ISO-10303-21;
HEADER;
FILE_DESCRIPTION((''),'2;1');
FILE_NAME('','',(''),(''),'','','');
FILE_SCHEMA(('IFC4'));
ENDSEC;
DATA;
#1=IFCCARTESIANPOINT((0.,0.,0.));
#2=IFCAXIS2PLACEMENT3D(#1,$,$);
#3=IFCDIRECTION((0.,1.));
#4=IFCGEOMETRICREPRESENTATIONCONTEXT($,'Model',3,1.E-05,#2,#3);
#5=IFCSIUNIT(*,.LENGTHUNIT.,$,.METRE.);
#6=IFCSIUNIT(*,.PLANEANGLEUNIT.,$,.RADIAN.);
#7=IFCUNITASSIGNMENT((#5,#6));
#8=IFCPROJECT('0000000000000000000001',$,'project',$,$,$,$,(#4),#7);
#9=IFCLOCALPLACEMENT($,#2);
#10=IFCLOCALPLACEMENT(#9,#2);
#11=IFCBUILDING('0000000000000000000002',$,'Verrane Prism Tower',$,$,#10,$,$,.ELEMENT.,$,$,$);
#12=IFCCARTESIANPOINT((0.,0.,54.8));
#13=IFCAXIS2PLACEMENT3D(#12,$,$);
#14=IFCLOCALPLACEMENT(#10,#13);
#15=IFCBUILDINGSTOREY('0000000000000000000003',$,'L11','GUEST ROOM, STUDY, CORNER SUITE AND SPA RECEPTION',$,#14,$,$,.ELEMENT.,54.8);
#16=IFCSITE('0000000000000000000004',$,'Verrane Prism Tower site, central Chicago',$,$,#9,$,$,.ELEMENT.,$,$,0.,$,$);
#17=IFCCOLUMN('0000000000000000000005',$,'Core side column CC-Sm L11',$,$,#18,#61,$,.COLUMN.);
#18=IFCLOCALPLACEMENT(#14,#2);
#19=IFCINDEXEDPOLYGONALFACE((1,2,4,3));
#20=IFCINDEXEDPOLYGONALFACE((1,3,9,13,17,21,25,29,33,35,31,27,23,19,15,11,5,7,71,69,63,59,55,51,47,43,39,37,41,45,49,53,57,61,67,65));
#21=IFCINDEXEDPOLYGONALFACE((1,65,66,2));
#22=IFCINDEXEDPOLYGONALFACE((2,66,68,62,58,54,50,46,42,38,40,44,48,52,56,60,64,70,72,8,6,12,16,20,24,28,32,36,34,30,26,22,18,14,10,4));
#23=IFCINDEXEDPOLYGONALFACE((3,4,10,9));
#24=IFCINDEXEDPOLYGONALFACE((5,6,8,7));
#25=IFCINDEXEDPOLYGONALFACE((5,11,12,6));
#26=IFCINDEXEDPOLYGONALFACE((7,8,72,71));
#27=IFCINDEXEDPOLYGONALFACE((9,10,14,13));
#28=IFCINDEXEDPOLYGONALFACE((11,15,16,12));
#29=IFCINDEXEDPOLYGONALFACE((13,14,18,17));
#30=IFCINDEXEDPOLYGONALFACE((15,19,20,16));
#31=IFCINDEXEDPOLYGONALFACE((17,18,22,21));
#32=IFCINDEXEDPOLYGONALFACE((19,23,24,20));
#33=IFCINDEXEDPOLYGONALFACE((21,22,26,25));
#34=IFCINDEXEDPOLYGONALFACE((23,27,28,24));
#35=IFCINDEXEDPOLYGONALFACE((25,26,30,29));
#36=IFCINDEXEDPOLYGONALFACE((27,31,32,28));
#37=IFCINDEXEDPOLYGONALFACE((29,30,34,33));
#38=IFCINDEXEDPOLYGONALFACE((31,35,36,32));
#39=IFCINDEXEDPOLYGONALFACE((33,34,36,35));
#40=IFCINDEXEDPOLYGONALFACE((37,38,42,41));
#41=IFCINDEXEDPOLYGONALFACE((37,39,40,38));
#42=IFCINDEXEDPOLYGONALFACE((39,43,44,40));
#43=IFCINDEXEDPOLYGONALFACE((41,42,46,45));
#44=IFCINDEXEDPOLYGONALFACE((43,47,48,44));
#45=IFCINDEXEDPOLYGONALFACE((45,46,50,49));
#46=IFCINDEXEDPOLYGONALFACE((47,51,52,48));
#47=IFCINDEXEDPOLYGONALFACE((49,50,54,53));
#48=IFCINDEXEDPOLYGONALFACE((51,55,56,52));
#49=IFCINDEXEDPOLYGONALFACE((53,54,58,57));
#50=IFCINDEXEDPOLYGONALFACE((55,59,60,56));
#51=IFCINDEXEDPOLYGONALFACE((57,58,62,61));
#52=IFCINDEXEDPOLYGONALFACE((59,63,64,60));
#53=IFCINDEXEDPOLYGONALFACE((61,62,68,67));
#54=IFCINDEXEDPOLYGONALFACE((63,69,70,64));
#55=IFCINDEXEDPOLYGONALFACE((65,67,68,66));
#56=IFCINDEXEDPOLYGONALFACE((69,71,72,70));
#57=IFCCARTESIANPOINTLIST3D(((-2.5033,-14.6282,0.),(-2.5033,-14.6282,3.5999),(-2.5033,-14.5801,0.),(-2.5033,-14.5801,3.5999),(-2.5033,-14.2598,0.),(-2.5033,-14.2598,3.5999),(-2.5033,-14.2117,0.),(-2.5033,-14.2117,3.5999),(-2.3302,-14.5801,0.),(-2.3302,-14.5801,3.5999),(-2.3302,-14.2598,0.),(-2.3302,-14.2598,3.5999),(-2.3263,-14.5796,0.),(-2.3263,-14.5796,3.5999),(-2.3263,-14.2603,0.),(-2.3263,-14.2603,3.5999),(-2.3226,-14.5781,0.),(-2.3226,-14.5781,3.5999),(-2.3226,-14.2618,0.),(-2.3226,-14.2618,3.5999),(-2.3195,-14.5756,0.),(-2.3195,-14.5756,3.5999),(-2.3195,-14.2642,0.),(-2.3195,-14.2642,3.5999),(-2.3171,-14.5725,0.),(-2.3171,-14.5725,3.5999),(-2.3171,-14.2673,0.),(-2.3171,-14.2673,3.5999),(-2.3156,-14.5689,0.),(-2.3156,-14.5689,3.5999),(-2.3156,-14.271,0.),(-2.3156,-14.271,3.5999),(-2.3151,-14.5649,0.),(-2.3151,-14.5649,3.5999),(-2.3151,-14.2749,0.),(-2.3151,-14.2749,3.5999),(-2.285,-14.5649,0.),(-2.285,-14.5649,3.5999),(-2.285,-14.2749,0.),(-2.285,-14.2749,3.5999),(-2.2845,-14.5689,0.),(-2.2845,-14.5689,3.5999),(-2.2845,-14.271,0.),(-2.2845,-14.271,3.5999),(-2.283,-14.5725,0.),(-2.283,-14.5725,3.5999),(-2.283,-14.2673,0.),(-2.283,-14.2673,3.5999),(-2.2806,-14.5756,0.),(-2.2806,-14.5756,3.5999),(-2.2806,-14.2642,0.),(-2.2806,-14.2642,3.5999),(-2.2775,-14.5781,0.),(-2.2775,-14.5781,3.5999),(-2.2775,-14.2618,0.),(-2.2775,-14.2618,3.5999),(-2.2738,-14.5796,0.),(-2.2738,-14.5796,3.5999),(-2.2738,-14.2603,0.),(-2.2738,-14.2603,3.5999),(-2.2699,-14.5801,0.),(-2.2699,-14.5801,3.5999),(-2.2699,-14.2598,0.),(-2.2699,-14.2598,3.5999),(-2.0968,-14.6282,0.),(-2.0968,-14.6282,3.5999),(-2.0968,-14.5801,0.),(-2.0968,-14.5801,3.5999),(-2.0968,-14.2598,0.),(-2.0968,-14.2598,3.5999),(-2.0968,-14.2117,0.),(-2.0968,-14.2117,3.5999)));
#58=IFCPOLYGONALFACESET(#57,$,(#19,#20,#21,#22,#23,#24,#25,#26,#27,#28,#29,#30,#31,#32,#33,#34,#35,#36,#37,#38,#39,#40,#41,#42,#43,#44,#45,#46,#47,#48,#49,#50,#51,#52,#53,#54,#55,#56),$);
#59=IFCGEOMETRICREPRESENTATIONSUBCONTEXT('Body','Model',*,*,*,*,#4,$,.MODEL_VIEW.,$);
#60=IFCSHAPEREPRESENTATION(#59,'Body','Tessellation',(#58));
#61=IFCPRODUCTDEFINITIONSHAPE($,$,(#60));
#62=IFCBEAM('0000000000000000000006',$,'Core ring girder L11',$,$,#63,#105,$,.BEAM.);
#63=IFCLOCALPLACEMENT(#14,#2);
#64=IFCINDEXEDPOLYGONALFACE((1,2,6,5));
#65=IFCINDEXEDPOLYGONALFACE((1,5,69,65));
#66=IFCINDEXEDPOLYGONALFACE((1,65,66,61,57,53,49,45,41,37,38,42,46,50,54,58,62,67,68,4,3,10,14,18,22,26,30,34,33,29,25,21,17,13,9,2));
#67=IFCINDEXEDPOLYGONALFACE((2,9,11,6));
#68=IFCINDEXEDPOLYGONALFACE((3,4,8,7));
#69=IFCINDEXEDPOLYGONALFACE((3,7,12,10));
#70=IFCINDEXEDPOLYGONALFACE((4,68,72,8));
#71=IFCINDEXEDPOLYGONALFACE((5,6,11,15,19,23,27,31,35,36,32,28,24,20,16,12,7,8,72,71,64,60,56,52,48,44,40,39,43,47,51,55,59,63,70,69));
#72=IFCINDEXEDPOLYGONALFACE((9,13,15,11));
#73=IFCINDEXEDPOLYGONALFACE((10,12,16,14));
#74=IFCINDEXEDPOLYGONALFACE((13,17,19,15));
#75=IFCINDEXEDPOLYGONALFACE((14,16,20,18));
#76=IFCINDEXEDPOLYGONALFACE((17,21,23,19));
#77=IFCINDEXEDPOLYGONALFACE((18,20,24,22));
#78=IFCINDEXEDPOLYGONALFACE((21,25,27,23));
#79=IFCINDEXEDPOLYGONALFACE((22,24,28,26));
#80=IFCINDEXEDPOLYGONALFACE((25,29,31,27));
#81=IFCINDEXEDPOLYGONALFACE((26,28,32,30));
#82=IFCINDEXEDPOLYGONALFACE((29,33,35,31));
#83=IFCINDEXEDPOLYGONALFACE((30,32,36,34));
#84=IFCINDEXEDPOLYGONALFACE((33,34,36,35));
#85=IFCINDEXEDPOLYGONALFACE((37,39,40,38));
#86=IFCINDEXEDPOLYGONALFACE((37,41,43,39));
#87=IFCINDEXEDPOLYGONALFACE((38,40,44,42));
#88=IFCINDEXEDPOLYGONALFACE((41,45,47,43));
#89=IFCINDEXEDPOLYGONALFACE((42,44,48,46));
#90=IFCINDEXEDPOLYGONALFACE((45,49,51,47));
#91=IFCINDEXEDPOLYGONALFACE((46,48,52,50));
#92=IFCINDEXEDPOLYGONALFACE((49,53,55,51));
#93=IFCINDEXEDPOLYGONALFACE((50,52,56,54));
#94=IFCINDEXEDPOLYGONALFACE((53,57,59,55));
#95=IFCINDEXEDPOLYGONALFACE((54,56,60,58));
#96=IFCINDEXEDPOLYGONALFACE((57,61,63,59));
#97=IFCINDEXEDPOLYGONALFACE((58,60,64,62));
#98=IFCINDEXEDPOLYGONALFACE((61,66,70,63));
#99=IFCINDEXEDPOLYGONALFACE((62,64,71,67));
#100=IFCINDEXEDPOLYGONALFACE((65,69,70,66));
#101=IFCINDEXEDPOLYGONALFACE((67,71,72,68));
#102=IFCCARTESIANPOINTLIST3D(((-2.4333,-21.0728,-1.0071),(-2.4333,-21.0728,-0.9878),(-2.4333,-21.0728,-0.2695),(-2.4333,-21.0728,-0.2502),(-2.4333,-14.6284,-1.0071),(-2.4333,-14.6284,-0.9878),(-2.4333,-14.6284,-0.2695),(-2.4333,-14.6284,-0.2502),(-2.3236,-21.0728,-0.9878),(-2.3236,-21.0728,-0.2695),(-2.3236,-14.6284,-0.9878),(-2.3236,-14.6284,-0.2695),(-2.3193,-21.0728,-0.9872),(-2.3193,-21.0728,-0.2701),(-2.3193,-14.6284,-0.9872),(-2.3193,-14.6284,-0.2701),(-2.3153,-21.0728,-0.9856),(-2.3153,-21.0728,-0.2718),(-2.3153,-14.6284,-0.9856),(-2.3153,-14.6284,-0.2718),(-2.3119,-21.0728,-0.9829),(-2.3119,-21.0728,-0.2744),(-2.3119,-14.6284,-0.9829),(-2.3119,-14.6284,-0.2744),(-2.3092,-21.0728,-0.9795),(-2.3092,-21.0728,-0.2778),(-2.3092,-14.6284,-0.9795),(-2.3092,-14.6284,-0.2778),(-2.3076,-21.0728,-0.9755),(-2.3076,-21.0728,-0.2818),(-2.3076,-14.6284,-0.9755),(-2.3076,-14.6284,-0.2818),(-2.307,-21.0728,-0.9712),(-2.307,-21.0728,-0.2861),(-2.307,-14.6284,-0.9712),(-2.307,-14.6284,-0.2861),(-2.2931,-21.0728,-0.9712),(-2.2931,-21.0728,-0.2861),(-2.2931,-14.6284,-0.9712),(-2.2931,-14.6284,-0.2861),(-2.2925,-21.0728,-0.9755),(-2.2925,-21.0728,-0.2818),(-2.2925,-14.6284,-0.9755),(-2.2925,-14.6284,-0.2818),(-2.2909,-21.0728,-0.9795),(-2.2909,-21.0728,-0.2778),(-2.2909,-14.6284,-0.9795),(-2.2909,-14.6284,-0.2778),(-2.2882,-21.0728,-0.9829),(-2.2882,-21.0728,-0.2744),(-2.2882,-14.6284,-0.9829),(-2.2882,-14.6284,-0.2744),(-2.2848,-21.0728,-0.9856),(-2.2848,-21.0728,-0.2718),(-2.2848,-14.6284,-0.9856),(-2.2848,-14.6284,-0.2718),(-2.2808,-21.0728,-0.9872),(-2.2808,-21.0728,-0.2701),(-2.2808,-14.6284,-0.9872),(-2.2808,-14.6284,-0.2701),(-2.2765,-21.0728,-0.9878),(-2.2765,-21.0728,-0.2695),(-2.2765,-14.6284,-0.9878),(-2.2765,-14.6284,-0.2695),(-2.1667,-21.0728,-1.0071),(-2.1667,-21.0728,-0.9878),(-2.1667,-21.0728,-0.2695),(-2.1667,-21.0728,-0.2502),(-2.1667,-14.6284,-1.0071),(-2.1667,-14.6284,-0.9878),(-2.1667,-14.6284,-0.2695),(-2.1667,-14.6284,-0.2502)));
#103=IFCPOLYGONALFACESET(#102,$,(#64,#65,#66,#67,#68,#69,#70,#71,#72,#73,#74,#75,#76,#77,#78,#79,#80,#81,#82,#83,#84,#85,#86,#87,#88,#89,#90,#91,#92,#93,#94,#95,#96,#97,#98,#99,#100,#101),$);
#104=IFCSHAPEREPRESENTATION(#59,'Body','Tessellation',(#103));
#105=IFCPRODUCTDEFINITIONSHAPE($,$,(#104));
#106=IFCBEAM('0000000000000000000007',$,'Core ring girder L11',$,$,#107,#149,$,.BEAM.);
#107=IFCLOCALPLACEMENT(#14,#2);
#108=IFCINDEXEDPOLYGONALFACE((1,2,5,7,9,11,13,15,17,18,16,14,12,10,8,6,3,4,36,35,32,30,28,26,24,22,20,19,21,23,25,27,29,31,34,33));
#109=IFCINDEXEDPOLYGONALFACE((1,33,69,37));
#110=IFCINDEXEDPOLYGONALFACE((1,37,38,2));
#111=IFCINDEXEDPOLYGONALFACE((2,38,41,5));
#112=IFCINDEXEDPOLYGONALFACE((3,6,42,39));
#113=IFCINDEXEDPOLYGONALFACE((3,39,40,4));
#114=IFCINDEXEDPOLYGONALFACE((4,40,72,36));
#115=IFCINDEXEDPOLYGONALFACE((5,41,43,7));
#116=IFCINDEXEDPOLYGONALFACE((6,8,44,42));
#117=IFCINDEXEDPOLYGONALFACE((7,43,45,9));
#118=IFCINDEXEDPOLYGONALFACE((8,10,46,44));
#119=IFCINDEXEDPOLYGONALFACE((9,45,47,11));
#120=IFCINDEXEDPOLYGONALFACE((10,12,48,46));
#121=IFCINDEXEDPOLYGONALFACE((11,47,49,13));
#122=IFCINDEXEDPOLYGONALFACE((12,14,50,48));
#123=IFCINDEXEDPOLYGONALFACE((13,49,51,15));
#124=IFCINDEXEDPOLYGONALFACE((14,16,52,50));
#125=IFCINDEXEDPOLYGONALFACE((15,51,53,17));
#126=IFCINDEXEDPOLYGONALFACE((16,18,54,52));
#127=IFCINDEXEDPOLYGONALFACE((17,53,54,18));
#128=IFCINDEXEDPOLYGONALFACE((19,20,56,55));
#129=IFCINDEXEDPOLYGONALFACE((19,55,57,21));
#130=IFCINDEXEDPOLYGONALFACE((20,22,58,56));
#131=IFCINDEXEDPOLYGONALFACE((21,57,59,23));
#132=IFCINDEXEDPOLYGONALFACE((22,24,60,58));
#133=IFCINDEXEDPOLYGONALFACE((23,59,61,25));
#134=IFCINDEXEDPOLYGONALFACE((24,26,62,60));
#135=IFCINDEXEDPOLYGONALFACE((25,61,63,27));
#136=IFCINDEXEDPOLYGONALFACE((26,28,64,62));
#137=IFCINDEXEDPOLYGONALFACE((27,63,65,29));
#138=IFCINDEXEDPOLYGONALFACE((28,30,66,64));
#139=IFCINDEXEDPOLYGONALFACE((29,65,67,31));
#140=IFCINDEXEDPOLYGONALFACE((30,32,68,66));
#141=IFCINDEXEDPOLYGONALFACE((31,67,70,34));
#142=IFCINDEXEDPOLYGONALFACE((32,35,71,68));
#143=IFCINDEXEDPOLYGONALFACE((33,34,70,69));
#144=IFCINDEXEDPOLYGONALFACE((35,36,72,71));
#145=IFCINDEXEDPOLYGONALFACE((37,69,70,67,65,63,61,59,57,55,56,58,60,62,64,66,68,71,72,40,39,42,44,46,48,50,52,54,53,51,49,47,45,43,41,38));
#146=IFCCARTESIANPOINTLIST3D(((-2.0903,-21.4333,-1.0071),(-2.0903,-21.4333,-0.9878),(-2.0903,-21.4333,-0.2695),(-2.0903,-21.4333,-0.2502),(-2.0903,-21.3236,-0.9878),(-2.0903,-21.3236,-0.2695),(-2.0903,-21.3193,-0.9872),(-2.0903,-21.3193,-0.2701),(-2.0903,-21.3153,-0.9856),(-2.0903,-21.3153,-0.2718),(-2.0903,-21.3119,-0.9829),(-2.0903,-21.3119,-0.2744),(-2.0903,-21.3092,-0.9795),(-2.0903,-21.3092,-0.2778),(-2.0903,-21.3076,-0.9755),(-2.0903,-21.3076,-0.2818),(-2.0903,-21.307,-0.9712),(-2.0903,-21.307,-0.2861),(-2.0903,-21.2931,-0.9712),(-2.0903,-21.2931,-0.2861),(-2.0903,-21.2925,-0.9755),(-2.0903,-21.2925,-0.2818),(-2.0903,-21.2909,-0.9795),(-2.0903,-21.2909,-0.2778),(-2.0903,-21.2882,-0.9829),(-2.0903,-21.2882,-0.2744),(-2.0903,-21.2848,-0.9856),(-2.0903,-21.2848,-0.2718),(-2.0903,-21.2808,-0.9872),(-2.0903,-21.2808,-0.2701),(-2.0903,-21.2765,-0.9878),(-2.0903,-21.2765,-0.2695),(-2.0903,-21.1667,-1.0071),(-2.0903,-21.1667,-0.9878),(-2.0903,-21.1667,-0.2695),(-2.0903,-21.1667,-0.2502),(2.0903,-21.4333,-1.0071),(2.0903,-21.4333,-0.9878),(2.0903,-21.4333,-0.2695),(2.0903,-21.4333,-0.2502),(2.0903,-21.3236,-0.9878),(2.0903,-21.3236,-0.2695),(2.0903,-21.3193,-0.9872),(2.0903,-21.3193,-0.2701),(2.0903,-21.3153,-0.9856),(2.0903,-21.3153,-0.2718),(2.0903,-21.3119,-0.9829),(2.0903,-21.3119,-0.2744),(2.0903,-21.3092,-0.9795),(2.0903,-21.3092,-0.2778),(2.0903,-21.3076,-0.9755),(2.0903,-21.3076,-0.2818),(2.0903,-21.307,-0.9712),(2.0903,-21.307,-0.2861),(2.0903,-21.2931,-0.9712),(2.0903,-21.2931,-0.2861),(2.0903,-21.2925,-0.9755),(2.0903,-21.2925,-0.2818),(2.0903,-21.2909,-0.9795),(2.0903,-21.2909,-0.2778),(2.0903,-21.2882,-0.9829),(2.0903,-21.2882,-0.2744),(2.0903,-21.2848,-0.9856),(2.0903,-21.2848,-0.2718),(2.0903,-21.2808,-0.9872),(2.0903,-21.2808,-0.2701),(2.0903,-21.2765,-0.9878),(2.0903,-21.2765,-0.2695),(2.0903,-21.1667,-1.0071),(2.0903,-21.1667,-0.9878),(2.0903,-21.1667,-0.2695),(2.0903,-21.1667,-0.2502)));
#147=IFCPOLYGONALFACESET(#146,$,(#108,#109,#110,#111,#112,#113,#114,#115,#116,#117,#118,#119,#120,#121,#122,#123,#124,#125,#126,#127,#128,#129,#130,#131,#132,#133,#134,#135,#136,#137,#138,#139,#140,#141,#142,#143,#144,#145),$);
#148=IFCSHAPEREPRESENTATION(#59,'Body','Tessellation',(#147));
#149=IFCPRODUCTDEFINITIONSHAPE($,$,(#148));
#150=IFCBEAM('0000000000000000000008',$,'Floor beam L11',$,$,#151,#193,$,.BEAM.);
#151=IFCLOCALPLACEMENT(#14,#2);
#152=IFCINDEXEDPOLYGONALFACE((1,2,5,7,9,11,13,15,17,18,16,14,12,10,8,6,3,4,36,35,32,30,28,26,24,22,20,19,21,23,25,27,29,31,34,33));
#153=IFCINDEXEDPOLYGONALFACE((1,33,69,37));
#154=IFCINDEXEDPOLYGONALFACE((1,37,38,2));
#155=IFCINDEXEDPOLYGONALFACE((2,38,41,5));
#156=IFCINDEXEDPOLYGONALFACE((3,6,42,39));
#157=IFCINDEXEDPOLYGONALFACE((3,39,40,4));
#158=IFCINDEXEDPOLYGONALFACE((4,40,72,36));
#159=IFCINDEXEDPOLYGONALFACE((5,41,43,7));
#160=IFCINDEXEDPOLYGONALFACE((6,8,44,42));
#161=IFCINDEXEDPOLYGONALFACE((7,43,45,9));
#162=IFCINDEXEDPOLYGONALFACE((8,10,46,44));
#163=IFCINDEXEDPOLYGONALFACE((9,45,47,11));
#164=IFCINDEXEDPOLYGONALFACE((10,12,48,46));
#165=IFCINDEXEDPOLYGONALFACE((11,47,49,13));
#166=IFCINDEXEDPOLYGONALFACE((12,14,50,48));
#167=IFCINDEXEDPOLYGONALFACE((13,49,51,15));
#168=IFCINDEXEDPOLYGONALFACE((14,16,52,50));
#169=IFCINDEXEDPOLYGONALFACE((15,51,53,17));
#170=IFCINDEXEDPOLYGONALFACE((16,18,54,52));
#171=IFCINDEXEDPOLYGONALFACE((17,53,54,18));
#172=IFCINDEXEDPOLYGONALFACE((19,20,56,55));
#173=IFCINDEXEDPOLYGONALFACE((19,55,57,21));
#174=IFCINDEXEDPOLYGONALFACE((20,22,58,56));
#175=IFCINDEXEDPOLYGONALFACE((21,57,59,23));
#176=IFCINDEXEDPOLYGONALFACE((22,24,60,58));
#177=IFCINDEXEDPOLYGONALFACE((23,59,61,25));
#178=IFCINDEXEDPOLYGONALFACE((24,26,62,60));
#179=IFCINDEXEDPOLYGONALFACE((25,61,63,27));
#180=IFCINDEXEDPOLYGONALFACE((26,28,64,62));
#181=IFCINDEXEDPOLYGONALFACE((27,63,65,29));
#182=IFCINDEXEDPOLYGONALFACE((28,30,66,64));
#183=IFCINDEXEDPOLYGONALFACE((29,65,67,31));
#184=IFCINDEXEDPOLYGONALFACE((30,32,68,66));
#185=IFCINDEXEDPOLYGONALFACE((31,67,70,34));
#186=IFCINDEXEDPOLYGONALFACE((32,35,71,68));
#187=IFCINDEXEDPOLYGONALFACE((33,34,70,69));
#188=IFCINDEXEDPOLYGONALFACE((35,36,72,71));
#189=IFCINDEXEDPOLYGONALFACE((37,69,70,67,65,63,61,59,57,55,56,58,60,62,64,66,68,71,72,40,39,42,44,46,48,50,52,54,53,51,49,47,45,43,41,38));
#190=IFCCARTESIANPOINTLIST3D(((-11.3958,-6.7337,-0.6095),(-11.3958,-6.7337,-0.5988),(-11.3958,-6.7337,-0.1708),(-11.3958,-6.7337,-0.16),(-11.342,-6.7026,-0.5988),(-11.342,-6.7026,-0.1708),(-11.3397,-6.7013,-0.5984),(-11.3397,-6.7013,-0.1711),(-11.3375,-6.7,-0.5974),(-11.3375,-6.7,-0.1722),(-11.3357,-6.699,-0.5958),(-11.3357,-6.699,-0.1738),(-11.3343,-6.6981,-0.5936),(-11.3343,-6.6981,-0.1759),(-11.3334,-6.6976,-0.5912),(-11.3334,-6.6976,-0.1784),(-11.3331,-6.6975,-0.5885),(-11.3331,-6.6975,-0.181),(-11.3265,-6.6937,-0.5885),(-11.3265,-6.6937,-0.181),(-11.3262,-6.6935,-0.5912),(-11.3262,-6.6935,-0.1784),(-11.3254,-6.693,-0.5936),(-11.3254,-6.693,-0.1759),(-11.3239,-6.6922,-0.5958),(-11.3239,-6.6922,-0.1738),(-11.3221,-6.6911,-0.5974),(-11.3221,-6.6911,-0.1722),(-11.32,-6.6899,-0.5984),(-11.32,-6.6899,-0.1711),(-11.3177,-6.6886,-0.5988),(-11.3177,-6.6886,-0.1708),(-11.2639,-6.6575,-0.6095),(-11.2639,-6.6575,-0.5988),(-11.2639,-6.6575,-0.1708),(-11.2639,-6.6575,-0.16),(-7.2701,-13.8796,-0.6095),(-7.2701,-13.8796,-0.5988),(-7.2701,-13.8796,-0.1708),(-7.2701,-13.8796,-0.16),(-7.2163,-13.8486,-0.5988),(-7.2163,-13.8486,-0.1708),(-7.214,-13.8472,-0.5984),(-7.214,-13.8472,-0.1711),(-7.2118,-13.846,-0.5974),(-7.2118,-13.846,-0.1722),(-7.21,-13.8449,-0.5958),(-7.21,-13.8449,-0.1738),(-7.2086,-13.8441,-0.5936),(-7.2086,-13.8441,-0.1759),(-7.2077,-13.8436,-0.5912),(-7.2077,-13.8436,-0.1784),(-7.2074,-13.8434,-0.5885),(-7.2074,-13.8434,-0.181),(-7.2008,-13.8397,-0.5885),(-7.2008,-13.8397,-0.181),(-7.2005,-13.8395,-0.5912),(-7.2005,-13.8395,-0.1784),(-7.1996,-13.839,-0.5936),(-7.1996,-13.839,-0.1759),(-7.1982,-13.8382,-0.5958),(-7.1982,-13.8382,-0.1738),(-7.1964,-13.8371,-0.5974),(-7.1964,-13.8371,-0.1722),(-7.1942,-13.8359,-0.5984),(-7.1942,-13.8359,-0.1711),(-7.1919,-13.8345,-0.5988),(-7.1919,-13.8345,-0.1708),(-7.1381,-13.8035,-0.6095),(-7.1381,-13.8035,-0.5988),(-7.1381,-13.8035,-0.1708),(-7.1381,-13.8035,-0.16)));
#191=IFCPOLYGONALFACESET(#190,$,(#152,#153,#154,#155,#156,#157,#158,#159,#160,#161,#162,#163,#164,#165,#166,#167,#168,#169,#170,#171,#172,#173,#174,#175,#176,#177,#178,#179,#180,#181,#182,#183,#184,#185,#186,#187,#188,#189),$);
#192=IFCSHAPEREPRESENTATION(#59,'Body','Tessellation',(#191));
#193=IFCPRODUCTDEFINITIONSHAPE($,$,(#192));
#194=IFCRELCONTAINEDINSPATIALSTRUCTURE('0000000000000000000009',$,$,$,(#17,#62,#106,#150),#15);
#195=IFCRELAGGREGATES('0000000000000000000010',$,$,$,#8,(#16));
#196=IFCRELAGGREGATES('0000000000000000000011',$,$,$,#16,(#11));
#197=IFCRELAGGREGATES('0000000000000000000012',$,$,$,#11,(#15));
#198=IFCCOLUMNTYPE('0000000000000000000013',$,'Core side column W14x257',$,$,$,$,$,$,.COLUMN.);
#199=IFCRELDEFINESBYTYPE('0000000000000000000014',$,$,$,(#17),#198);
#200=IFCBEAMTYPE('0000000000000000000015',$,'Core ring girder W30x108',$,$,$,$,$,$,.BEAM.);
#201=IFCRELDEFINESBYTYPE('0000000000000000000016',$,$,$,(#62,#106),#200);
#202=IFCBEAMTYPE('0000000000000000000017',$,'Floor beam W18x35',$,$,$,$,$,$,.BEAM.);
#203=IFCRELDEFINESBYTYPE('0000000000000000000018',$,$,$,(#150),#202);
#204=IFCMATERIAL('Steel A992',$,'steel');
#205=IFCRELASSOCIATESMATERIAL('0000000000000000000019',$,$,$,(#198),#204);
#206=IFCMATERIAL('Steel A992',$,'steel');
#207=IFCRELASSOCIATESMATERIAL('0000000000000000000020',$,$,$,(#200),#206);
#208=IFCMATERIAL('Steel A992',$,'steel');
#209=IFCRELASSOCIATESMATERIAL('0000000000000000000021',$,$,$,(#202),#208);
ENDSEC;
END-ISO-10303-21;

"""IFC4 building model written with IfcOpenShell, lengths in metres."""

from ifc_helpers import new_model, si_unit, direction, frame, origin, origin_2d, place, context, subcontext, project, spatial, i_section, extrude, material, material_profile, profile_set, type_object, element, save


model = new_model("IFC4")

# Units and contexts
model_context = context("Model", 3, precision=1e-05, world=origin(), true_north=direction((0.0, 1.0)))
body_context = subcontext(model_context, "Body", "Model", "MODEL_VIEW")
ifc_project = project(units=[si_unit("LENGTHUNIT", "METRE"), si_unit("PLANEANGLEUNIT", "RADIAN")], contexts=[model_context])

# Site, building, storey
site_placement = place(None, origin())
site = spatial("IfcSite", under=ifc_project, at=site_placement, Name="Verrane Prism Tower site, central Chicago", CompositionType="ELEMENT", RefElevation=0.0)
building_placement = place(site_placement, origin())
building = spatial("IfcBuilding", under=site, at=building_placement, Name="Verrane Prism Tower", CompositionType="ELEMENT")
storey_placement = place(building_placement, frame((0.0, 0.0, 54.8)))
storey = spatial("IfcBuildingStorey", under=building, at=storey_placement, Name="L11", Description="GUEST ROOM, STUDY, CORNER SUITE AND SPA RECEPTION", CompositionType="ELEMENT", Elevation=54.8)

# Column
ifc_material_1 = material(Name="Steel A992", Category="steel")
ifc_material_profile_1 = material_profile(ifc_material_1, i_section(OverallWidth=0.4065, OverallDepth=0.4165, WebThickness=0.03, FlangeThickness=0.0481, FilletRadius=0.0151, at=origin_2d()), Name="W14x257")
ifc_profile_set_1 = profile_set([ifc_material_profile_1], Name="Steel A992")
column_type = type_object("IfcColumnType", Name="Core side column W14x257", PredefinedType="COLUMN", material=ifc_profile_set_1)
column_placement = place(storey_placement, frame((-2.3, -14.4199, 0.0), z_axis=(0.0, 0.0, 1.0), x_axis=(1.0, 0.0, 0.0)))
element("IfcColumn", 1, at=column_placement, inside=storey, type_object=column_type, Name="Core side column CC-Sm L11", PredefinedType="COLUMN", context=body_context, shape_type="SweptSolid", body=[
    extrude(i_section(OverallWidth=0.4065, OverallDepth=0.4165, WebThickness=0.03, FlangeThickness=0.0481, FilletRadius=0.0151, at=origin_2d()), origin(), (0.0, 0.0, 1.0), 3.5999),
])

# Beams
ifc_material_2 = material(Name="Steel A992", Category="steel")
ifc_material_profile_2 = material_profile(ifc_material_2, i_section(OverallWidth=0.2666, OverallDepth=0.7568, WebThickness=0.0139, FlangeThickness=0.0193, FilletRadius=0.0166, at=origin_2d()), Name="W30x108")
ifc_profile_set_2 = profile_set([ifc_material_profile_2], Name="Steel A992")
beam_type_1 = type_object("IfcBeamType", Name="Core ring girder W30x108", PredefinedType="BEAM", material=ifc_profile_set_2)
beam_1_placement = place(storey_placement, frame((-2.3, -14.6284, -0.6287), z_axis=(0.0, -1.0, 0.0), x_axis=(1.0, 0.0, 0.0)))
element("IfcBeam", 2, at=beam_1_placement, inside=storey, type_object=beam_type_1, Name="Core ring girder L11", PredefinedType="BEAM", context=body_context, shape_type="SweptSolid", body=[
    extrude(i_section(OverallWidth=0.2666, OverallDepth=0.7568, WebThickness=0.0139, FlangeThickness=0.0193, FilletRadius=0.0166, at=origin_2d()), origin(), (0.0, 0.0, 1.0), 6.4443),
])
beam_2_placement = place(storey_placement, frame((-2.0903, -21.3, -0.6287), z_axis=(1.0, 0.0, 0.0), x_axis=(0.0, 1.0, 0.0)))
element("IfcBeam", 3, at=beam_2_placement, inside=storey, type_object=beam_type_1, Name="Core ring girder L11", PredefinedType="BEAM", context=body_context, shape_type="SweptSolid", body=[
    extrude(i_section(OverallWidth=0.2666, OverallDepth=0.7568, WebThickness=0.0139, FlangeThickness=0.0193, FilletRadius=0.0166, at=origin_2d()), origin(), (0.0, 0.0, 1.0), 4.1807),
])
ifc_material_3 = material(Name="Steel A992", Category="steel")
ifc_material_profile_3 = material_profile(ifc_material_3, i_section(OverallWidth=0.1523, OverallDepth=0.4495, WebThickness=0.0076, FlangeThickness=0.0107, FilletRadius=0.0103, at=origin_2d()), Name="W18x35")
ifc_profile_set_3 = profile_set([ifc_material_profile_3], Name="Steel A992")
beam_type_2 = type_object("IfcBeamType", Name="Floor beam W18x35", PredefinedType="BEAM", material=ifc_profile_set_3)
beam_3_placement = place(storey_placement, frame((-7.2041, -13.8416, -0.3848), z_axis=(-0.499999, 0.866026, 0.0), x_axis=(-0.866026, -0.499999, 0.0)))
element("IfcBeam", 4, at=beam_3_placement, inside=storey, type_object=beam_type_2, Name="Floor beam L11", PredefinedType="BEAM", context=body_context, shape_type="SweptSolid", body=[
    extrude(i_section(OverallWidth=0.1523, OverallDepth=0.4495, WebThickness=0.0076, FlangeThickness=0.0107, FilletRadius=0.0103, at=origin_2d()), origin(), (0.0, 0.0, 1.0), 8.2515),
])

save(model, "model.ifc")
